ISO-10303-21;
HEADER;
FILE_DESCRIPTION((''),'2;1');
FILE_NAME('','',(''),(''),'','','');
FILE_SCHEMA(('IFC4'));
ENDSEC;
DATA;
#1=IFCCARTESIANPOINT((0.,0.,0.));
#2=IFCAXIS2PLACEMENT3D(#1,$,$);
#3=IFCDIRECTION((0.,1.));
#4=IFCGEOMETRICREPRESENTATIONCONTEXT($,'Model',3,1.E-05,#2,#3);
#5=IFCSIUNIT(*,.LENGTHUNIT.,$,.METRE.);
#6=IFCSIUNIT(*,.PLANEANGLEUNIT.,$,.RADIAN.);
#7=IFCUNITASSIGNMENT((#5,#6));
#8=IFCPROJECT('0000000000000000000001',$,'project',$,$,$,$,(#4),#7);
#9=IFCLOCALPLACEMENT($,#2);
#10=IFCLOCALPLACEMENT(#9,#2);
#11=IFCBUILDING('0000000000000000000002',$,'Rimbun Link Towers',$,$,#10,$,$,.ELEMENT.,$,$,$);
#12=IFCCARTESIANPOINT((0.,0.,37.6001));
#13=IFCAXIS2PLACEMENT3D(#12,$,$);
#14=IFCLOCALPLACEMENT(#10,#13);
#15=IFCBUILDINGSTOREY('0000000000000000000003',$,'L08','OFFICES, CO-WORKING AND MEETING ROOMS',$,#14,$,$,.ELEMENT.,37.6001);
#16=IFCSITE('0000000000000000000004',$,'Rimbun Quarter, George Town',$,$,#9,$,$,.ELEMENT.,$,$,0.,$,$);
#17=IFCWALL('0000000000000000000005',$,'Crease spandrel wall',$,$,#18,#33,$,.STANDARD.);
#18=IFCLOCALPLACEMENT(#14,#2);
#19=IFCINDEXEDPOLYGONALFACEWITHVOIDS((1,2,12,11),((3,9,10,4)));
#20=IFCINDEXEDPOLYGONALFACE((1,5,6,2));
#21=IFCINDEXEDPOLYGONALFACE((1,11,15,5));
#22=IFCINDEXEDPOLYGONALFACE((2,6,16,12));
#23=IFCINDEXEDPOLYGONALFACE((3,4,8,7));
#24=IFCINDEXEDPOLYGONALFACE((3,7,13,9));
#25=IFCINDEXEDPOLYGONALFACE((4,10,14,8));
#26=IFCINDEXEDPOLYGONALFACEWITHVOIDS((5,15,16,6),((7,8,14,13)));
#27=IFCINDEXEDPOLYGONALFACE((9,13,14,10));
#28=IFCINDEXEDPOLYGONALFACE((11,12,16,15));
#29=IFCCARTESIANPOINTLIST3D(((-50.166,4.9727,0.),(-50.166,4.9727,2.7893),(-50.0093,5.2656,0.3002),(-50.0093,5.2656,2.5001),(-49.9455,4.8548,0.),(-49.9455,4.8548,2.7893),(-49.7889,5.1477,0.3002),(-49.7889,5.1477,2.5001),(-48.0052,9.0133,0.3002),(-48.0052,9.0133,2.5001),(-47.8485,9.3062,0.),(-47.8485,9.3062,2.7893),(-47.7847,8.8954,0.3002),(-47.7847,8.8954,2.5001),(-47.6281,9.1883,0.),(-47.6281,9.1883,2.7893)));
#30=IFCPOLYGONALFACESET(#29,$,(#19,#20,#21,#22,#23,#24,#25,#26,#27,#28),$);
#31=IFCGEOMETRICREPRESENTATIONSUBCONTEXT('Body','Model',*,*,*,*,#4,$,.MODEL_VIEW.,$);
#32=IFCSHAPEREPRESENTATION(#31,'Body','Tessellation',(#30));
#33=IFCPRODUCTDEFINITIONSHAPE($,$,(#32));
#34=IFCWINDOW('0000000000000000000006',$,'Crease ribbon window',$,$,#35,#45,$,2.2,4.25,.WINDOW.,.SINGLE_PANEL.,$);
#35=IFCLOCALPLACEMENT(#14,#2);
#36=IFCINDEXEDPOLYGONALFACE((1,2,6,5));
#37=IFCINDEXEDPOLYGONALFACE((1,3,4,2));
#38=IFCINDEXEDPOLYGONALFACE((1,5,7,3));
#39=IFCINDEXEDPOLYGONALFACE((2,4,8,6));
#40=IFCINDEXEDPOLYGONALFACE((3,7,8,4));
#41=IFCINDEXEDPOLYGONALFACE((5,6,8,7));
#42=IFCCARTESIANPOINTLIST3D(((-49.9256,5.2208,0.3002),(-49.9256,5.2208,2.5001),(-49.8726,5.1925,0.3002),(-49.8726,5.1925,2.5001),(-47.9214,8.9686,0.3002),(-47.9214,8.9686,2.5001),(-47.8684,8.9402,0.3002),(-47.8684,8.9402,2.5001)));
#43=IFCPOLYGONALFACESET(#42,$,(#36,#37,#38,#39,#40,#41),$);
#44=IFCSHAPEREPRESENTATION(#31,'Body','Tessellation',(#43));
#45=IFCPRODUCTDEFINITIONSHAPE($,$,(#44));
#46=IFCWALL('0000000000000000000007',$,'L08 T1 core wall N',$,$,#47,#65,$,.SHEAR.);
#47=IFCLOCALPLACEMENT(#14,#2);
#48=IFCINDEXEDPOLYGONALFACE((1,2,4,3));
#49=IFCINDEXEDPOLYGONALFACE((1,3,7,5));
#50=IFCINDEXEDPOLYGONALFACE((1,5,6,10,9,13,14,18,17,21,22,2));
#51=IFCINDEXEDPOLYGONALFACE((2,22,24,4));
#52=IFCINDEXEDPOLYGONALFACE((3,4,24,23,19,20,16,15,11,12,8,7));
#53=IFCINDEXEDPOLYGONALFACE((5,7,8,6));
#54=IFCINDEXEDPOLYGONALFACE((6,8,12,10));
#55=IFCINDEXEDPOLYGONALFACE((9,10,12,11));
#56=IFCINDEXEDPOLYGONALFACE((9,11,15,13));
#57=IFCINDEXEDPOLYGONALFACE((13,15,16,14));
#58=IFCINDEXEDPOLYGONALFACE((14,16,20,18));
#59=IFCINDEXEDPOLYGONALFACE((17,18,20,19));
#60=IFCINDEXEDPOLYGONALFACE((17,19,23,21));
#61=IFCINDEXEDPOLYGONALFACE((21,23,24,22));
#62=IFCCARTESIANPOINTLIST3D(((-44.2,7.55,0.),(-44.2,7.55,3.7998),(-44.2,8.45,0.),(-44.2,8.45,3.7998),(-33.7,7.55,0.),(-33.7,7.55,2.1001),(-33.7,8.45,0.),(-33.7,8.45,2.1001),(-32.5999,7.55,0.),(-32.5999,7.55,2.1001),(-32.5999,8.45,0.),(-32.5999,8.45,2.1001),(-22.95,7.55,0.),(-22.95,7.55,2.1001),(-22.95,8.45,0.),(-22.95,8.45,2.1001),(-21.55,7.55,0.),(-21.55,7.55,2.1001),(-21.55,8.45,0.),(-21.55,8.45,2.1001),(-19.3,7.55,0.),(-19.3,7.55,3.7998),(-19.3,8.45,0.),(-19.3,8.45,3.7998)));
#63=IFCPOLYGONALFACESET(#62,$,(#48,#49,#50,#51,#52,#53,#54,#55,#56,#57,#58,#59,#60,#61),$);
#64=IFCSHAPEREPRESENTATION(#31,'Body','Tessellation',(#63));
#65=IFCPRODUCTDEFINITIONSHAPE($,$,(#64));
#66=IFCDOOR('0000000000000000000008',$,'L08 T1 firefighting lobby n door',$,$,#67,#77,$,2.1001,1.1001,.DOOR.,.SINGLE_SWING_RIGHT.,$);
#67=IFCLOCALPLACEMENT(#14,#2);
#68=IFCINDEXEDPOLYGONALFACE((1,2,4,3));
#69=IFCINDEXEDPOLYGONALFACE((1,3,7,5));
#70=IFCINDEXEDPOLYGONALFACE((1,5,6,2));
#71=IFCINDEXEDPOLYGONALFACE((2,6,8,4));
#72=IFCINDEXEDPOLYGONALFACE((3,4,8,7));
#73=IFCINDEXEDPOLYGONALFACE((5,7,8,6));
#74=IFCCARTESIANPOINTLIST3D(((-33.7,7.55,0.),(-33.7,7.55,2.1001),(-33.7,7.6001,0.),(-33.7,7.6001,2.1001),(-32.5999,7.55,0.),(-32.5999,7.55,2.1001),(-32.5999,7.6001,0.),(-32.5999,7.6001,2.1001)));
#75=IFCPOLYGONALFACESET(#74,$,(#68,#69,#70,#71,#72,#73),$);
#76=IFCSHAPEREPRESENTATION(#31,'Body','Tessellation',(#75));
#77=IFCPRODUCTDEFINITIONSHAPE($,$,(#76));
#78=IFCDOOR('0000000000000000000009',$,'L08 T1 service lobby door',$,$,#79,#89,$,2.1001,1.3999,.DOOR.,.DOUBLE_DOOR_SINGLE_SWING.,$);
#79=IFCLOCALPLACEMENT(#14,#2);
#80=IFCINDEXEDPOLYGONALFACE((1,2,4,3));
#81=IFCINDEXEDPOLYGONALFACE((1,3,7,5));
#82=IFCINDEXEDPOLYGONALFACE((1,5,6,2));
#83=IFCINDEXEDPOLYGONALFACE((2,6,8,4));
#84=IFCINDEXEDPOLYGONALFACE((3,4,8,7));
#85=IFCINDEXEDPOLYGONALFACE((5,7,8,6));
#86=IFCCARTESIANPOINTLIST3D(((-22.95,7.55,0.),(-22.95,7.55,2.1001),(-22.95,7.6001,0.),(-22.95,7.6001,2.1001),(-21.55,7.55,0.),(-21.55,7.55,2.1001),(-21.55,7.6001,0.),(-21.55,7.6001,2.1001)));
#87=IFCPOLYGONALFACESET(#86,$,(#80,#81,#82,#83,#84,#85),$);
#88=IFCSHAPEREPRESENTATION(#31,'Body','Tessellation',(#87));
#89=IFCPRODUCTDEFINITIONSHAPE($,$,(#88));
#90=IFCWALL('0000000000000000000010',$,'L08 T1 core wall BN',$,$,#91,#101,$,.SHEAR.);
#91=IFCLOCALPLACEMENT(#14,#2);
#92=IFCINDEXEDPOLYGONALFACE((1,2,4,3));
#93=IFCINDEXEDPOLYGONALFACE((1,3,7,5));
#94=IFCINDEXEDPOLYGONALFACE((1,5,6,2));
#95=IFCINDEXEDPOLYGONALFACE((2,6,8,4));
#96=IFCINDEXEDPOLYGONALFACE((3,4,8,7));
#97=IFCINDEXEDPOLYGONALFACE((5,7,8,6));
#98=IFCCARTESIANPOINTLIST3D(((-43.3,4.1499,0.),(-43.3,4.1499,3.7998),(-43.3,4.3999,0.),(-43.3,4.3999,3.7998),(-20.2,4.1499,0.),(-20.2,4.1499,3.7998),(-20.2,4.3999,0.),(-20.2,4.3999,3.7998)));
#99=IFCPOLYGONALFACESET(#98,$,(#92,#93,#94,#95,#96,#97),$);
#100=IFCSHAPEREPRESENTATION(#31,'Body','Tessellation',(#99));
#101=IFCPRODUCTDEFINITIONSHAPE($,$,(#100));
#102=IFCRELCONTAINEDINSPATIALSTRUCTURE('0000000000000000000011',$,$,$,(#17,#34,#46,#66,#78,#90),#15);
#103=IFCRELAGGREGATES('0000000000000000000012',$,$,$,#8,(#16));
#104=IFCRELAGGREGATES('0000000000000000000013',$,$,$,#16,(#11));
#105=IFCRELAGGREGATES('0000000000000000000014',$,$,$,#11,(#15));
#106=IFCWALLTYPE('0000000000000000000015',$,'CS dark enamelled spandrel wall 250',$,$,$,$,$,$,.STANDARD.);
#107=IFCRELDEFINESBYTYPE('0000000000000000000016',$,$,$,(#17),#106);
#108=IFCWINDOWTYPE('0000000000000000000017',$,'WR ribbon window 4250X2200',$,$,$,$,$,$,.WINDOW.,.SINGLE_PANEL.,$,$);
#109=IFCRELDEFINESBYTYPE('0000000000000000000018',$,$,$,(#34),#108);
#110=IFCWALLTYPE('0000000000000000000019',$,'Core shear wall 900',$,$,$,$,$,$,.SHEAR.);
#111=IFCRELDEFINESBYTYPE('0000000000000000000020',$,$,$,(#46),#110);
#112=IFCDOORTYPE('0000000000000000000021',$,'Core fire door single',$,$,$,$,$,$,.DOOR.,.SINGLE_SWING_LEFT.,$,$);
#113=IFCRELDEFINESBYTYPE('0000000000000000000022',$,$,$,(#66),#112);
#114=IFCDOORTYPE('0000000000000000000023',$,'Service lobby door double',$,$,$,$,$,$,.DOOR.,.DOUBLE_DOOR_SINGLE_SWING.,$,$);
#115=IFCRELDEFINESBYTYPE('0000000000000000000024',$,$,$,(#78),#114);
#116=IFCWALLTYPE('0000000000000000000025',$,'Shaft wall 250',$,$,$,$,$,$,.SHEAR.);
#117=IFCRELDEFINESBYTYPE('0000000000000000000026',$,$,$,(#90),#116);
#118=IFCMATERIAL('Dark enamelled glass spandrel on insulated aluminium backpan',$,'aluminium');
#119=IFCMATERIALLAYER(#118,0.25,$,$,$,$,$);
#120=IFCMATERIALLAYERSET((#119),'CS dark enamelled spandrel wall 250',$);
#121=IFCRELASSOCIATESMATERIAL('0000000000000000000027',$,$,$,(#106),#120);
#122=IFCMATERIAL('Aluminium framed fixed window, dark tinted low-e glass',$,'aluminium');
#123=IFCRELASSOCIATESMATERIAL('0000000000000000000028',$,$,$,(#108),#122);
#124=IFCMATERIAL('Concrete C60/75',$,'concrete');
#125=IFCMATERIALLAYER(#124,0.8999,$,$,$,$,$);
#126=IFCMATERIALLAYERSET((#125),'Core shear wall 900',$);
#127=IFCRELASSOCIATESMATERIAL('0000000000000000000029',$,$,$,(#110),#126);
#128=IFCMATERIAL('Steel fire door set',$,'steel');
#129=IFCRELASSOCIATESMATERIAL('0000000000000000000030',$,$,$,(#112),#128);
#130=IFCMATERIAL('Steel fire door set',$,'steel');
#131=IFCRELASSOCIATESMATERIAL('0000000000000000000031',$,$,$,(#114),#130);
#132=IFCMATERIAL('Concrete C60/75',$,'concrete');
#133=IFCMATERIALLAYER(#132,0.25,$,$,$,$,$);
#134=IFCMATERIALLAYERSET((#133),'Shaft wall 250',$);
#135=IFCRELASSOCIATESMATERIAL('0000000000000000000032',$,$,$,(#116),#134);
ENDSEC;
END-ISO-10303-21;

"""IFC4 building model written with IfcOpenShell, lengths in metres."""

from ifc_helpers import new_model, si_unit, direction, frame, frame_2d, origin, place, context, subcontext, project, spatial, rectangle, extrude, material, layer, layer_set, type_object, element, fill, save


model = new_model("IFC4")

# Units and contexts
model_context = context("Model", 3, precision=1e-05, world=origin(), true_north=direction((0.0, 1.0)))
body_context = subcontext(model_context, "Body", "Model", "MODEL_VIEW")
ifc_project = project(units=[si_unit("LENGTHUNIT", "METRE"), si_unit("PLANEANGLEUNIT", "RADIAN")], contexts=[model_context])

# Site, building, storey
site_placement = place(None, origin())
site = spatial("IfcSite", under=ifc_project, at=site_placement, Name="Rimbun Quarter, George Town", CompositionType="ELEMENT", RefElevation=0.0)
building_placement = place(site_placement, origin())
building = spatial("IfcBuilding", under=site, at=building_placement, Name="Rimbun Link Towers", CompositionType="ELEMENT")
storey_placement = place(building_placement, frame((0.0, 0.0, 37.6001)))
storey = spatial("IfcBuildingStorey", under=building, at=storey_placement, Name="L08", Description="OFFICES, CO-WORKING AND MEETING ROOMS", CompositionType="ELEMENT", Elevation=37.6001)

# Wall, opening, window
ifc_material_1 = material(Name="Dark enamelled glass spandrel on insulated aluminium backpan", Category="aluminium")
ifc_layer_1 = layer(ifc_material_1, 0.25)
ifc_layer_set_1 = layer_set([ifc_layer_1], Name="CS dark enamelled spandrel wall 250")
wall_type_1 = type_object("IfcWallType", Name="CS dark enamelled spandrel wall 250", PredefinedType="STANDARD", material=ifc_layer_set_1)
wall_1_placement = place(storey_placement, frame((-50.0557, 4.9138, 0.0), z_axis=(0.0, 0.0, 1.0), x_axis=(0.471568, 0.88183, 0.0)))
wall_1 = element("IfcWall", 1, at=wall_1_placement, inside=storey, type_object=wall_type_1, Name="Crease spandrel wall", PredefinedType="STANDARD", context=body_context, shape_type="SweptSolid", body=[
    extrude(rectangle(XDim=4.9143, YDim=0.25, at=frame_2d((2.457, 0.0))), origin(), (0.0, 0.0, 1.0), 2.7893),
])
opening_1_placement = place(wall_1_placement, frame((0.332, 0.0, 0.3)))
opening_1 = element("IfcOpeningElement", 2, at=opening_1_placement, cuts=wall_1, PredefinedType="OPENING", context=body_context, shape_type="SweptSolid", body=[
    extrude(rectangle(XDim=4.25, YDim=2.2, at=frame_2d((2.125, 1.1001))), frame((0.0, 0.135, 0.0), z_axis=(0.0, -1.0, 0.0), x_axis=(1.0, 0.0, 0.0)), (0.0, 0.0, 1.0), 0.27),
])
ifc_material_2 = material(Name="Aluminium framed fixed window, dark tinted low-e glass", Category="aluminium")
window_type_1 = type_object("IfcWindowType", Name="WR ribbon window 4250X2200", PartitioningType="SINGLE_PANEL", PredefinedType="WINDOW", material=ifc_material_2)
window_1_placement = place(opening_1_placement, origin())
window_1 = element("IfcWindow", 3, at=window_1_placement, inside=storey, type_object=window_type_1, Name="Crease ribbon window", OverallHeight=2.2, OverallWidth=4.25, PartitioningType="SINGLE_PANEL", PredefinedType="WINDOW", context=body_context, shape_type="SweptSolid", body=[
    extrude(rectangle(XDim=4.25, YDim=2.2, at=frame_2d((2.125, 1.1001))), frame((0.0, 0.03, 0.0), z_axis=(0.0, -1.0, 0.0), x_axis=(1.0, 0.0, 0.0)), (0.0, 0.0, 1.0), 0.0601),
])
fill(opening_1, window_1)

# Wall, openings, doors
ifc_material_3 = material(Name="Concrete C60/75", Category="concrete")
ifc_layer_2 = layer(ifc_material_3, 0.8999)
ifc_layer_set_2 = layer_set([ifc_layer_2], Name="Core shear wall 900")
wall_type_2 = type_object("IfcWallType", Name="Core shear wall 900", PredefinedType="SHEAR", material=ifc_layer_set_2)
wall_2_placement = place(storey_placement, frame((-44.2, 8.0, 0.0), z_axis=(0.0, 0.0, 1.0), x_axis=(1.0, 0.0, 0.0)))
wall_2 = element("IfcWall", 4, at=wall_2_placement, inside=storey, type_object=wall_type_2, Name="L08 T1 core wall N", PredefinedType="SHEAR", context=body_context, shape_type="SweptSolid", body=[
    extrude(rectangle(XDim=24.8999, YDim=0.8999, at=frame_2d((12.45, 0.0))), origin(), (0.0, 0.0, 1.0), 3.7998),
])
opening_2_placement = place(wall_2_placement, frame((10.5, 0.0, 0.0)))
opening_2 = element("IfcOpeningElement", 5, at=opening_2_placement, cuts=wall_2, PredefinedType="OPENING", context=body_context, shape_type="SweptSolid", body=[
    extrude(rectangle(XDim=1.1001, YDim=2.1001, at=frame_2d((0.55, 1.05))), frame((0.0, 0.46, 0.0), z_axis=(0.0, -1.0, 0.0), x_axis=(1.0, 0.0, 0.0)), (0.0, 0.0, 1.0), 0.9199),
])
opening_3_placement = place(wall_2_placement, frame((21.25, 0.0, 0.0)))
opening_3 = element("IfcOpeningElement", 6, at=opening_3_placement, cuts=wall_2, PredefinedType="OPENING", context=body_context, shape_type="SweptSolid", body=[
    extrude(rectangle(XDim=1.3999, YDim=2.1001, at=frame_2d((0.7, 1.05))), frame((0.0, 0.46, 0.0), z_axis=(0.0, -1.0, 0.0), x_axis=(1.0, 0.0, 0.0)), (0.0, 0.0, 1.0), 0.9199),
])
ifc_material_4 = material(Name="Steel fire door set", Category="steel")
door_type_1 = type_object("IfcDoorType", Name="Core fire door single", OperationType="SINGLE_SWING_LEFT", PredefinedType="DOOR", material=ifc_material_4)
door_1_placement = place(opening_2_placement, origin())
door_1 = element("IfcDoor", 7, at=door_1_placement, inside=storey, type_object=door_type_1, Name="L08 T1 firefighting lobby n door", OperationType="SINGLE_SWING_RIGHT", OverallHeight=2.1001, OverallWidth=1.1001, PredefinedType="DOOR", context=body_context, shape_type="SweptSolid", body=[
    extrude(rectangle(XDim=1.1001, YDim=2.1001, at=frame_2d((0.55, 1.05))), frame((0.0, -0.3999, 0.0), z_axis=(0.0, -1.0, 0.0), x_axis=(1.0, 0.0, 0.0)), (0.0, 0.0, 1.0), 0.05),
])
fill(opening_2, door_1)
ifc_material_5 = material(Name="Steel fire door set", Category="steel")
door_type_2 = type_object("IfcDoorType", Name="Service lobby door double", OperationType="DOUBLE_DOOR_SINGLE_SWING", PredefinedType="DOOR", material=ifc_material_5)
door_2_placement = place(opening_3_placement, origin())
door_2 = element("IfcDoor", 8, at=door_2_placement, inside=storey, type_object=door_type_2, Name="L08 T1 service lobby door", OperationType="DOUBLE_DOOR_SINGLE_SWING", OverallHeight=2.1001, OverallWidth=1.3999, PredefinedType="DOOR", context=body_context, shape_type="SweptSolid", body=[
    extrude(rectangle(XDim=1.3999, YDim=2.1001, at=frame_2d((0.7, 1.05))), frame((0.0, -0.3999, 0.0), z_axis=(0.0, -1.0, 0.0), x_axis=(1.0, 0.0, 0.0)), (0.0, 0.0, 1.0), 0.05),
])
fill(opening_3, door_2)

# Wall
ifc_material_6 = material(Name="Concrete C60/75", Category="concrete")
ifc_layer_3 = layer(ifc_material_6, 0.25)
ifc_layer_set_3 = layer_set([ifc_layer_3], Name="Shaft wall 250")
wall_type_3 = type_object("IfcWallType", Name="Shaft wall 250", PredefinedType="SHEAR", material=ifc_layer_set_3)
wall_3_placement = place(storey_placement, frame((-43.3, 4.2749, 0.0), z_axis=(0.0, 0.0, 1.0), x_axis=(1.0, 0.0, 0.0)))
element("IfcWall", 9, at=wall_3_placement, inside=storey, type_object=wall_type_3, Name="L08 T1 core wall BN", PredefinedType="SHEAR", context=body_context, shape_type="SweptSolid", body=[
    extrude(rectangle(XDim=23.1001, YDim=0.25, at=frame_2d((11.55, 0.0))), origin(), (0.0, 0.0, 1.0), 3.7998),
])

save(model, "model.ifc")
